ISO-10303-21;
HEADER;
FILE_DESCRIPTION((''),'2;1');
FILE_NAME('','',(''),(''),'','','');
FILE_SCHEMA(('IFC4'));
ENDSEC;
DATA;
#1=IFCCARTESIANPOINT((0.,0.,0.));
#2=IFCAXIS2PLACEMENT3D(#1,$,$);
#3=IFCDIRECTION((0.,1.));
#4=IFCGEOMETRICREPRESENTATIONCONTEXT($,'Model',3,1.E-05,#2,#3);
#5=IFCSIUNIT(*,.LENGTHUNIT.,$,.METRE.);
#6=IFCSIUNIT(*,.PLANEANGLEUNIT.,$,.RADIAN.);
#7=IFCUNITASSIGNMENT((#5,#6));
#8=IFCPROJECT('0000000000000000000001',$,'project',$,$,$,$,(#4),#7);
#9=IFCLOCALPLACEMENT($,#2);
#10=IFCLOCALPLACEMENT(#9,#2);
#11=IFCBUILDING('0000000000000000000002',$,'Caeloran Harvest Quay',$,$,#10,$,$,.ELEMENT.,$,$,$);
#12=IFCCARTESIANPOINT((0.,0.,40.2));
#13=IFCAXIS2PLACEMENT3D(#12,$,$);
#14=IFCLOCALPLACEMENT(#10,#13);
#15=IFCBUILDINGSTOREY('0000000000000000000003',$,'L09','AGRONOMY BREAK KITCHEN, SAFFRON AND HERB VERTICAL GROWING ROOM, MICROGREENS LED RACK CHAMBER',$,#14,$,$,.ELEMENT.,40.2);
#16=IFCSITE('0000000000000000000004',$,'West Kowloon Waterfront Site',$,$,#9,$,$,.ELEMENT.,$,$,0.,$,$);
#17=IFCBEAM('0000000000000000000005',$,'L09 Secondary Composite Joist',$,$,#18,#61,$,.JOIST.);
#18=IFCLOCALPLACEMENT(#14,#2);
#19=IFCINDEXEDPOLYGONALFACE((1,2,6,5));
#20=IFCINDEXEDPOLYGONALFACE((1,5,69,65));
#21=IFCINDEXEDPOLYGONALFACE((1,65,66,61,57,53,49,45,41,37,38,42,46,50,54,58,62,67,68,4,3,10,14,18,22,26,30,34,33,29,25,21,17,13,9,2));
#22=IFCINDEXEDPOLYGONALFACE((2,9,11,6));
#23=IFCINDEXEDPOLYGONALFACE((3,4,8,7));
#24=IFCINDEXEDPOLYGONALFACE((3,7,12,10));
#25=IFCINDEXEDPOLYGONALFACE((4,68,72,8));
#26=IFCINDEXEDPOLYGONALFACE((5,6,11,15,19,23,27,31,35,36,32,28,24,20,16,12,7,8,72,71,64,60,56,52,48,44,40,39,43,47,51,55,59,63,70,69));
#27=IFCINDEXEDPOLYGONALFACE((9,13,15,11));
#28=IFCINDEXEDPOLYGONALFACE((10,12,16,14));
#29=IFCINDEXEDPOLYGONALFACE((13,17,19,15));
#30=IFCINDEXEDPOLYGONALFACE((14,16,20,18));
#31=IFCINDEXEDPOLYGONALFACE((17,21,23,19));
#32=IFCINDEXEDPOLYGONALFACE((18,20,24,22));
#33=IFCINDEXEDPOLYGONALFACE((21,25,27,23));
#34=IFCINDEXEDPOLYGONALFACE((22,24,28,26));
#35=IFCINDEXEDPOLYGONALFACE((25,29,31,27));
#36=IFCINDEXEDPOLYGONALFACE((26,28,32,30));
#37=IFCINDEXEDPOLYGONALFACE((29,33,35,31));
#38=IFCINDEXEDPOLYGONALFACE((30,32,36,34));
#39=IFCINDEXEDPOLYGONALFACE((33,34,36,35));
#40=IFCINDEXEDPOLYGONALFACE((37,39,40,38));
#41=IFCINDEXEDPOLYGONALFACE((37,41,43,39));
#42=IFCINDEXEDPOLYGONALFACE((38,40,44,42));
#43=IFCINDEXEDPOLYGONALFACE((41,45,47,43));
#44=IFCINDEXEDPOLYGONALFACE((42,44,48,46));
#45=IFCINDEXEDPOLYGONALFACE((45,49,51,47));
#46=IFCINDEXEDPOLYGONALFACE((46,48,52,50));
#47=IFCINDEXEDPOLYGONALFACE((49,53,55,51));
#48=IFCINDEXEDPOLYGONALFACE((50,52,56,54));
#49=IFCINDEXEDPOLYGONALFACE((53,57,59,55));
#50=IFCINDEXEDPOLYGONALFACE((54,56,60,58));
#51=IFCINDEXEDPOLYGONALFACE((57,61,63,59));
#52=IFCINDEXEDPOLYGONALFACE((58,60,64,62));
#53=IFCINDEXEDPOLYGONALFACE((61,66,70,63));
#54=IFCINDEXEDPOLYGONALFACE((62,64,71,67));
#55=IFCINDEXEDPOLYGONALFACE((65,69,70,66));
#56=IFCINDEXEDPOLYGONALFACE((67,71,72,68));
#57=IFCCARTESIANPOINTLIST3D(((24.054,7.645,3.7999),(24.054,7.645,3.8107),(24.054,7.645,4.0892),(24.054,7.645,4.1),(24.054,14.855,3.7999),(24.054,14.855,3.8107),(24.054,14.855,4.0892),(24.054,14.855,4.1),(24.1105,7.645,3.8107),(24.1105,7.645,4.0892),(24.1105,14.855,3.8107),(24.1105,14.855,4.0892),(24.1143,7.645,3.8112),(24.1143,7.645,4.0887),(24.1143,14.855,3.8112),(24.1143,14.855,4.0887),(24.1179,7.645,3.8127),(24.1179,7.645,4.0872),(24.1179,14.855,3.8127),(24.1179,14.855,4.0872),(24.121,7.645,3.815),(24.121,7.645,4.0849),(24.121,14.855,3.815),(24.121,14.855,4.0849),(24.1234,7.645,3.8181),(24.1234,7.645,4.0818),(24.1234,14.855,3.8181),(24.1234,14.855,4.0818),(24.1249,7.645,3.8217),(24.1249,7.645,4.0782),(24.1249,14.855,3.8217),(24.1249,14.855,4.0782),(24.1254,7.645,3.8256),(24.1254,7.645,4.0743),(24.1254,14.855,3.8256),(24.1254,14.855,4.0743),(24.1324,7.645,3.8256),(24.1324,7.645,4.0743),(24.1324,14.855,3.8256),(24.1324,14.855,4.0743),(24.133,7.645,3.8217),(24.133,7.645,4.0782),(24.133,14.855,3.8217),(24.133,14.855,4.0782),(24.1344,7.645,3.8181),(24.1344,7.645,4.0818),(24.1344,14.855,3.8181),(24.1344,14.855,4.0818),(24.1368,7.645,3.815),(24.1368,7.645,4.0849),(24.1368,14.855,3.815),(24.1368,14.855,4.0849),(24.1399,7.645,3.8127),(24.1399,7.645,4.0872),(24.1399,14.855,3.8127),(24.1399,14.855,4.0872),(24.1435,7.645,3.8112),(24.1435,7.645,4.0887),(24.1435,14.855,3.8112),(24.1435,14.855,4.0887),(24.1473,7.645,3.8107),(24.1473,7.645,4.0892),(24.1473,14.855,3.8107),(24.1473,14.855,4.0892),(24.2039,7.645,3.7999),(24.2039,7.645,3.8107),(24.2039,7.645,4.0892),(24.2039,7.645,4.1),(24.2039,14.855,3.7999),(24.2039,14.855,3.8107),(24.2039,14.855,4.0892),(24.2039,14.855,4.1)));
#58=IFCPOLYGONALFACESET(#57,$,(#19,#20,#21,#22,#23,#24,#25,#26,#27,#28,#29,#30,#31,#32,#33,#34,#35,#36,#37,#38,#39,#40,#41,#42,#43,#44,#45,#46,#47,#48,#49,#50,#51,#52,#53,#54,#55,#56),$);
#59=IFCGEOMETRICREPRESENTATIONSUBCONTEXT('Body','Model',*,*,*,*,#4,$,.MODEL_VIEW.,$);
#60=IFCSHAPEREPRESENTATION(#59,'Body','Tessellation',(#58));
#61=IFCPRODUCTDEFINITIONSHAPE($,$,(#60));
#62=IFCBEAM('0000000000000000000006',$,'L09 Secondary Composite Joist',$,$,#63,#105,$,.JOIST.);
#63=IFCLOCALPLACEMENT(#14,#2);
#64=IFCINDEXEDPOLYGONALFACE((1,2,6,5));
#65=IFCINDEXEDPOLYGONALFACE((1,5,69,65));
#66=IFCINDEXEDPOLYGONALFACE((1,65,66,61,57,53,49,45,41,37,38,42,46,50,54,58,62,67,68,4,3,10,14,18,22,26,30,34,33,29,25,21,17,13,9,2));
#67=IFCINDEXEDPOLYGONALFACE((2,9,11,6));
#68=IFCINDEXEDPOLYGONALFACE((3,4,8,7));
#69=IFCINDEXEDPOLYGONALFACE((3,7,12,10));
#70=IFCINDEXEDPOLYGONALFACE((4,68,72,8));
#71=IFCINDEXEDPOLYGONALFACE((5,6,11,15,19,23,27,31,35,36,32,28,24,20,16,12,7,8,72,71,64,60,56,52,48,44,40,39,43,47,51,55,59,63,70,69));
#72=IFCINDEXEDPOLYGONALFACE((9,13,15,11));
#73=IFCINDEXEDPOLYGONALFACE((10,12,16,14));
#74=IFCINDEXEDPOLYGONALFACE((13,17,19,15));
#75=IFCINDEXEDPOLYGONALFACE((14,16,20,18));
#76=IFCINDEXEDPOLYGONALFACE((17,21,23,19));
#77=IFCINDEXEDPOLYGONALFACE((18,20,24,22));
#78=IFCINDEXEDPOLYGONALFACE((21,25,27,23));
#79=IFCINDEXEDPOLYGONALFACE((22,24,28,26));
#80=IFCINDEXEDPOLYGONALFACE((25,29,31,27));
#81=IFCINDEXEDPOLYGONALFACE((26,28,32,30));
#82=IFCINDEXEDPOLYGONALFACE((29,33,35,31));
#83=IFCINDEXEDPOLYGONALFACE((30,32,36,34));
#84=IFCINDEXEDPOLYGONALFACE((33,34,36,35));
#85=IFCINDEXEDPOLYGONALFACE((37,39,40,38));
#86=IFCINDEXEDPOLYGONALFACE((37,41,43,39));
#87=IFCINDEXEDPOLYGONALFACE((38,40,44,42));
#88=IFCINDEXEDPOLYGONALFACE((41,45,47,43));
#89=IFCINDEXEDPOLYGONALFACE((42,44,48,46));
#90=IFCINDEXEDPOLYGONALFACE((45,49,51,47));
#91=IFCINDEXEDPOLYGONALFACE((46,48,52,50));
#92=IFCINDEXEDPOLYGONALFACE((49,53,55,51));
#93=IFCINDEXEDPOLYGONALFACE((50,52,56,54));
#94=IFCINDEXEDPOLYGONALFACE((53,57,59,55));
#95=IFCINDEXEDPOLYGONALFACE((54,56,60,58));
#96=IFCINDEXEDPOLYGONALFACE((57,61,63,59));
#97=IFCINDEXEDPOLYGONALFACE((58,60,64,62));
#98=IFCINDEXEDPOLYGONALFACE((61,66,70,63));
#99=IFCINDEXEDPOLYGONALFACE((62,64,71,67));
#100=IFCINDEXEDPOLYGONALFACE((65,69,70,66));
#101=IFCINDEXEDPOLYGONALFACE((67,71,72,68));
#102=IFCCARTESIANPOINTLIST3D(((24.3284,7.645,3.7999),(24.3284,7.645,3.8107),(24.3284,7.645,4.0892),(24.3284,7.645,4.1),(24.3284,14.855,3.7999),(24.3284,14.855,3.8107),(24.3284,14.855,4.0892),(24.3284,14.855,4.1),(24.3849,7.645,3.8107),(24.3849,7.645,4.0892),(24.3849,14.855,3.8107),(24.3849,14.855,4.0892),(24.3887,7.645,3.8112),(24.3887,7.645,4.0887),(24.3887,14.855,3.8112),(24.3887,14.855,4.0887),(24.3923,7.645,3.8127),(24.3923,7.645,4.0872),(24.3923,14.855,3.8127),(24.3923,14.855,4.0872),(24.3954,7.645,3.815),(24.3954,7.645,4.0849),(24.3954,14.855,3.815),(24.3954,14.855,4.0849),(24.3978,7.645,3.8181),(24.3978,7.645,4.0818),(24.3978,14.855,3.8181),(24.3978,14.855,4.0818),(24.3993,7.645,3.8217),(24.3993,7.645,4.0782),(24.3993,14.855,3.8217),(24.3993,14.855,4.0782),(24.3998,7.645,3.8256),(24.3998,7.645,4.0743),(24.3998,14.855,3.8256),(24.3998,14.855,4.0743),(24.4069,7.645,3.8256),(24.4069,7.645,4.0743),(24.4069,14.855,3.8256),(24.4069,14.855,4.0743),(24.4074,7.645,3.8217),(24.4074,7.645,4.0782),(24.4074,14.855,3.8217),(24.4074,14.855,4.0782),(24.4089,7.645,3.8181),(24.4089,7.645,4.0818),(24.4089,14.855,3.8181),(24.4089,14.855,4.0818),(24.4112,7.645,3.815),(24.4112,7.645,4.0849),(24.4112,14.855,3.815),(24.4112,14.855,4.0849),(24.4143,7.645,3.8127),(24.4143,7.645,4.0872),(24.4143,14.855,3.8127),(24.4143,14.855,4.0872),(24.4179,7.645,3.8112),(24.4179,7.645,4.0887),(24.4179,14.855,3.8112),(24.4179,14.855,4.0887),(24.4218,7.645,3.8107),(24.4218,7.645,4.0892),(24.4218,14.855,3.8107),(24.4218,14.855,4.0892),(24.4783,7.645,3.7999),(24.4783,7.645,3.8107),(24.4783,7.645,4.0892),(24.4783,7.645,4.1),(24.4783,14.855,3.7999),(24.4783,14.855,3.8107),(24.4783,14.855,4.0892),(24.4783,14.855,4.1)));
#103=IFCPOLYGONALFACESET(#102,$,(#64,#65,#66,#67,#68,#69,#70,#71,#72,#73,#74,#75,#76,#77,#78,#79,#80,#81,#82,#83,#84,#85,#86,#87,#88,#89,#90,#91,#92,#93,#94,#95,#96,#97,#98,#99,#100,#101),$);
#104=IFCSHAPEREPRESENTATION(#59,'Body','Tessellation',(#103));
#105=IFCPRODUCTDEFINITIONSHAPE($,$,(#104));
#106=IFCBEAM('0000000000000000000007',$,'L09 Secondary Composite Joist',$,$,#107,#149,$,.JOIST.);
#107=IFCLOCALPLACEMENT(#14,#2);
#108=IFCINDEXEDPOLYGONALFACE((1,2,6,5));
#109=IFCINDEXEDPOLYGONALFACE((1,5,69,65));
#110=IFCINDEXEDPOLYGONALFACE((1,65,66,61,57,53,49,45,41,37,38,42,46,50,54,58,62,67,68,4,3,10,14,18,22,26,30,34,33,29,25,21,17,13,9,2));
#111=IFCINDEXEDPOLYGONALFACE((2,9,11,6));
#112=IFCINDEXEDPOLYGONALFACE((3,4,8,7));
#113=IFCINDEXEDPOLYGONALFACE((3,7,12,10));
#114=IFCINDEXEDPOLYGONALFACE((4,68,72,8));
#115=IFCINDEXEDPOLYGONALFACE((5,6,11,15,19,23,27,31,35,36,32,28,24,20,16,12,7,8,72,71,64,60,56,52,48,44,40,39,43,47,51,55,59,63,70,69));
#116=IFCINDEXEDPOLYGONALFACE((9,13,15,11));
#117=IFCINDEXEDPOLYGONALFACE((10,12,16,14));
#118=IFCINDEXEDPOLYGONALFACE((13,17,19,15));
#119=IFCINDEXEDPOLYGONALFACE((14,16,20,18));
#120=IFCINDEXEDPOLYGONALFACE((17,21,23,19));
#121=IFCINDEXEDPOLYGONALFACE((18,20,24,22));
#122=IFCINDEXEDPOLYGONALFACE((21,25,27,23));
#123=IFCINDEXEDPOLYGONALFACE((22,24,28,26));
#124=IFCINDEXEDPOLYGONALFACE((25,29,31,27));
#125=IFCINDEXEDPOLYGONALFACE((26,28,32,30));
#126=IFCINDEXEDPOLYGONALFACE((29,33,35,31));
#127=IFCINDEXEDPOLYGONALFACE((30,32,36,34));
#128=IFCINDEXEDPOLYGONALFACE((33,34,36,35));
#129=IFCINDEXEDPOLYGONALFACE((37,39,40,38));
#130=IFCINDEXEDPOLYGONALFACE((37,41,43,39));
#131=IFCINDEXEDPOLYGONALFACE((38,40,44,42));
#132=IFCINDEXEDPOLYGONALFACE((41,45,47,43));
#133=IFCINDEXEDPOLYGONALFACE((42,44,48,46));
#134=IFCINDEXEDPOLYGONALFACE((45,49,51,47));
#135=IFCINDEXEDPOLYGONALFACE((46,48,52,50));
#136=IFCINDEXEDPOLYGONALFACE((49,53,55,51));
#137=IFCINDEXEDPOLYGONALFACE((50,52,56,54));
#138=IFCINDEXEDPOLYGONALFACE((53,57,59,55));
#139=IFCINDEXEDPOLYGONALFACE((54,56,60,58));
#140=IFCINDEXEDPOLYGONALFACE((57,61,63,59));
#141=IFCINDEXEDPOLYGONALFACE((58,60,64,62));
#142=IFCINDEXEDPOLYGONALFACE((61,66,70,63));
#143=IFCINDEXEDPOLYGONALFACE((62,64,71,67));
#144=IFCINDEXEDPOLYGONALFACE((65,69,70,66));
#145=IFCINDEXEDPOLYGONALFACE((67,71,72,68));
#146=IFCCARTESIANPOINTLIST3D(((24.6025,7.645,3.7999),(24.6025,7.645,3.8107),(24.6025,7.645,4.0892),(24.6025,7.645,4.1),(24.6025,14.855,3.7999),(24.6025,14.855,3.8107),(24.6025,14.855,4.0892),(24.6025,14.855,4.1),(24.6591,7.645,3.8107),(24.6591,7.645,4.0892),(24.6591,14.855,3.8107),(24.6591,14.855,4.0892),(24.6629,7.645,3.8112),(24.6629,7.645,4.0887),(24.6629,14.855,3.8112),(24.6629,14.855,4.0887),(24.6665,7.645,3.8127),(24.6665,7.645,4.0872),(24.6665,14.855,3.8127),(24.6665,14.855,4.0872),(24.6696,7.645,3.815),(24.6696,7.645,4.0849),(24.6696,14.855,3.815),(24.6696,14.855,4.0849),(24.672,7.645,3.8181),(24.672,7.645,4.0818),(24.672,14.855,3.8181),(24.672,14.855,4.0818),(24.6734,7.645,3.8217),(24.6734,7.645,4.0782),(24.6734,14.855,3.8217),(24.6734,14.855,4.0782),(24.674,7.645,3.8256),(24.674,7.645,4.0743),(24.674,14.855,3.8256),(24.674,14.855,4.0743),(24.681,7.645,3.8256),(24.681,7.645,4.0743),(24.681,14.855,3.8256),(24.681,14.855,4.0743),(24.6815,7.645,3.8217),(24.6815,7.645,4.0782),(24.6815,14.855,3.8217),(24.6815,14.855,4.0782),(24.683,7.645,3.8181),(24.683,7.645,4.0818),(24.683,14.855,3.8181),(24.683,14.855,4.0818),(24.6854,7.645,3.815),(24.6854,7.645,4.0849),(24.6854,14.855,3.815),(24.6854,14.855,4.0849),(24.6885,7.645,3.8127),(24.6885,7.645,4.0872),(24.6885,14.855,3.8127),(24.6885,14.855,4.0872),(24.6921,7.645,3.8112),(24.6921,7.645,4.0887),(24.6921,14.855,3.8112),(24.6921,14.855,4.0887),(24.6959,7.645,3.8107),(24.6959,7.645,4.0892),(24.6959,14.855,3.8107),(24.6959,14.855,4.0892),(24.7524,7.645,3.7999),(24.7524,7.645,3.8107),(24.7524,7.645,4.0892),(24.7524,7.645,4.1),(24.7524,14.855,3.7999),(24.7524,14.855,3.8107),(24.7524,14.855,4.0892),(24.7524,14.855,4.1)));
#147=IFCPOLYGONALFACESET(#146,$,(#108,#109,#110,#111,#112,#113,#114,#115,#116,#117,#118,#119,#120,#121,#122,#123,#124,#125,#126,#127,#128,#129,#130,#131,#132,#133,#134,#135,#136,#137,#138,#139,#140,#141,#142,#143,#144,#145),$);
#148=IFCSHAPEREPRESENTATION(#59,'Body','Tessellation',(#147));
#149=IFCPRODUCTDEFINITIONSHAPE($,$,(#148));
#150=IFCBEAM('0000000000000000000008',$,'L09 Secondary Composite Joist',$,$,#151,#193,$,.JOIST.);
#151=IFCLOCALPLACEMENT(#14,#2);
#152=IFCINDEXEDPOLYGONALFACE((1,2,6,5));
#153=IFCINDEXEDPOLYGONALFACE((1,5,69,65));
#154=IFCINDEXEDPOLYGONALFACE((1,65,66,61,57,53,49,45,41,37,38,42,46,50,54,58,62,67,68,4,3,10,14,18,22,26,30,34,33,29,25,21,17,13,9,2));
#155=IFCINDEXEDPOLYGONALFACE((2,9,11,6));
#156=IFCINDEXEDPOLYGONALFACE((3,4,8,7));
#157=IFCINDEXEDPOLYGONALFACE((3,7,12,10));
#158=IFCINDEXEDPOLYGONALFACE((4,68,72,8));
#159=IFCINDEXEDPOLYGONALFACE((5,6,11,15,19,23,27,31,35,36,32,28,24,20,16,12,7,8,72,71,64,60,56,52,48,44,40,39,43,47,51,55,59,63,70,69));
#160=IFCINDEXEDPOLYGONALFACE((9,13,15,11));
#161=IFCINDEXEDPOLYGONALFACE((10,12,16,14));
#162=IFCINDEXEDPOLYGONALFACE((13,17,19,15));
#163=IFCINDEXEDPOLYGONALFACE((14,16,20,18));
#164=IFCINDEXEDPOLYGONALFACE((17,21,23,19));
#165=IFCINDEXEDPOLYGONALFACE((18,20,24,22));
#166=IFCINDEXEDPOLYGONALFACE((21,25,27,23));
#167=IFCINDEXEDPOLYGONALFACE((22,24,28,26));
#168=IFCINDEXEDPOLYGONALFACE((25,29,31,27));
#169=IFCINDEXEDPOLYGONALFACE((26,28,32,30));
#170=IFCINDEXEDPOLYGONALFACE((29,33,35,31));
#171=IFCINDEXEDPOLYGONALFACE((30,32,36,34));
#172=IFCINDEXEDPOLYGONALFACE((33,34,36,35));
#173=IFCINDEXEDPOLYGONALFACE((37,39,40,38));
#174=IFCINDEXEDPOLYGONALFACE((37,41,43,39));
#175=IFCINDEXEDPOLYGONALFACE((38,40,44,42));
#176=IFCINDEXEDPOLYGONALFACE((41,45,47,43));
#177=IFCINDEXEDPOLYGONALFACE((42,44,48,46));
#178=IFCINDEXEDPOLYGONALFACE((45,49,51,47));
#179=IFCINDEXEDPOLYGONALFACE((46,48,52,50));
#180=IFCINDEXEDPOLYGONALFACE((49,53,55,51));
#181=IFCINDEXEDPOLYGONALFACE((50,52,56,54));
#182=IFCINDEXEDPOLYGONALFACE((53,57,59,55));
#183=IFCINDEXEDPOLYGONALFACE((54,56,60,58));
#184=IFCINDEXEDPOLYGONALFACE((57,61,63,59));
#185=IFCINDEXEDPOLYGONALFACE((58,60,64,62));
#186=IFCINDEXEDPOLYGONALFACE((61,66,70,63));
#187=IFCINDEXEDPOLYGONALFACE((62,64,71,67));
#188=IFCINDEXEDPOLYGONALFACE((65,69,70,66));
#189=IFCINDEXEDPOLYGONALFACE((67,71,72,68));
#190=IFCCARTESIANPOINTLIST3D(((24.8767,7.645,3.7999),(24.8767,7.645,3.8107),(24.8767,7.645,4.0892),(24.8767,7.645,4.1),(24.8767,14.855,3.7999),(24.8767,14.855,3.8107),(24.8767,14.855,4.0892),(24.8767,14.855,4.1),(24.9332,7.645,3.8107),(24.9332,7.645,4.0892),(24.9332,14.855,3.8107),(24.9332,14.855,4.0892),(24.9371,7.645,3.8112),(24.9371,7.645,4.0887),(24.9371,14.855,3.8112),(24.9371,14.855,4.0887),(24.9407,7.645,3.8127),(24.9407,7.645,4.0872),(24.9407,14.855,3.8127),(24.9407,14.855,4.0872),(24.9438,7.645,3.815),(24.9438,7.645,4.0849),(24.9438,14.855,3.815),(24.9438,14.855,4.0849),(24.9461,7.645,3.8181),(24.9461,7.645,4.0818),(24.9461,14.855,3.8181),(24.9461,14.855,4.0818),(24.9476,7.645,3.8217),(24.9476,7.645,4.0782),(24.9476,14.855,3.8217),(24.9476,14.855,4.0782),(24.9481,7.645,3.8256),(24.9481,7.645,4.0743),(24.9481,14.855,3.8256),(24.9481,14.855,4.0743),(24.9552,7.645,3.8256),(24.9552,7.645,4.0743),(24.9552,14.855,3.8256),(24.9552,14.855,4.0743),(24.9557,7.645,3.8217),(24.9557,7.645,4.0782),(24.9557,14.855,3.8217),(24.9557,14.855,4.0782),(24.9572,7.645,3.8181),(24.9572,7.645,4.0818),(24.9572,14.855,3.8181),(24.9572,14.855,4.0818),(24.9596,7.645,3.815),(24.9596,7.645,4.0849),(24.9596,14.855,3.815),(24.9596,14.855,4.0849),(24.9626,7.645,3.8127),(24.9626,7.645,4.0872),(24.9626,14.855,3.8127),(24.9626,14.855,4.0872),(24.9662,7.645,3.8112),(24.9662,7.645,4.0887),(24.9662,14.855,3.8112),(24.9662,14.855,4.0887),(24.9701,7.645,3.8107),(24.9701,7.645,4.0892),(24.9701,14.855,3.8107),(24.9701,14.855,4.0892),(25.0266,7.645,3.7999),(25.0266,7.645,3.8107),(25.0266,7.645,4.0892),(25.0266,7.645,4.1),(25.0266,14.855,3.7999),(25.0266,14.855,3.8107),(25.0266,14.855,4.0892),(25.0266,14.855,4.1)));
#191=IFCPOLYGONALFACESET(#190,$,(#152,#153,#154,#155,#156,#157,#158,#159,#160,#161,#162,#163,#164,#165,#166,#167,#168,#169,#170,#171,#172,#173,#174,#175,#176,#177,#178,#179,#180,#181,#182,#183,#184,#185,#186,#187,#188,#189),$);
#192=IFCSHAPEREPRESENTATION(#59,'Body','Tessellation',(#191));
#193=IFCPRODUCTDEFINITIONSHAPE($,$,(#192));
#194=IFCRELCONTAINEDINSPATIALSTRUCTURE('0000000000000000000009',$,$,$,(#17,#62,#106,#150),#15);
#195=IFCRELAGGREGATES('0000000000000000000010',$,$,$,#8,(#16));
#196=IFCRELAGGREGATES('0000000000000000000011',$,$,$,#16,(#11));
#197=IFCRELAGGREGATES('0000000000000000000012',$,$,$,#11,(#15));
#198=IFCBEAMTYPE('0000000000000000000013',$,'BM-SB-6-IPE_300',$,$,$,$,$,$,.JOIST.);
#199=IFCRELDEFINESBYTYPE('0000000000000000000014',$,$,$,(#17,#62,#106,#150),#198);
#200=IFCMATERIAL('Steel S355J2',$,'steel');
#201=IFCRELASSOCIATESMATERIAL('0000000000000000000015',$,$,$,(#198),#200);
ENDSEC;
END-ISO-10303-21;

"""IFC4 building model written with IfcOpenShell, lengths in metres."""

from ifc_helpers import new_model, si_unit, direction, frame, origin, origin_2d, place, context, subcontext, project, spatial, i_section, extrude, material, material_profile, profile_set, type_object, element, save


model = new_model("IFC4")

# Units and contexts
model_context = context("Model", 3, precision=1e-05, world=origin(), true_north=direction((0.0, 1.0)))
body_context = subcontext(model_context, "Body", "Model", "MODEL_VIEW")
ifc_project = project(units=[si_unit("LENGTHUNIT", "METRE"), si_unit("PLANEANGLEUNIT", "RADIAN")], contexts=[model_context])

# Site, building, storey
site_placement = place(None, origin())
site = spatial("IfcSite", under=ifc_project, at=site_placement, Name="West Kowloon Waterfront Site", CompositionType="ELEMENT", RefElevation=0.0)
building_placement = place(site_placement, origin())
building = spatial("IfcBuilding", under=site, at=building_placement, Name="Caeloran Harvest Quay", CompositionType="ELEMENT")
storey_placement = place(building_placement, frame((0.0, 0.0, 40.2)))
storey = spatial("IfcBuildingStorey", under=building, at=storey_placement, Name="L09", Description="AGRONOMY BREAK KITCHEN, SAFFRON AND HERB VERTICAL GROWING ROOM, MICROGREENS LED RACK CHAMBER", CompositionType="ELEMENT", Elevation=40.2)

# Beams
ifc_material_1 = material(Name="Steel S355J2", Category="steel")
ifc_material_profile_1 = material_profile(ifc_material_1, i_section(OverallWidth=0.1499, OverallDepth=0.3, WebThickness=0.0071, FlangeThickness=0.0107, FilletRadius=0.0149, at=origin_2d()), Name="IPE 300")
ifc_profile_set_1 = profile_set([ifc_material_profile_1], Name="Steel S355J2")
beam_type_1 = type_object("IfcBeamType", Name="BM-SB-6-IPE_300", PredefinedType="JOIST", material=ifc_profile_set_1)
for number, where, z_axis, x_axis, name in (
    (1, (24.1289, 7.645, 3.95), (0.0, 1.0, 0.0), (-1.0, 0.0, 0.0), "L09 Secondary Composite Joist"),
    (2, (24.4033, 7.645, 3.95), (0.0, 1.0, 0.0), (-1.0, 0.0, 0.0), "L09 Secondary Composite Joist"),
    (3, (24.6775, 7.645, 3.95), (0.0, 1.0, 0.0), (-1.0, 0.0, 0.0), "L09 Secondary Composite Joist"),
    (4, (24.9517, 7.645, 3.95), (0.0, 1.0, 0.0), (-1.0, 0.0, 0.0), "L09 Secondary Composite Joist"),
):
    element("IfcBeam", number, at=place(storey_placement, frame(where, z_axis=z_axis, x_axis=x_axis)), inside=storey, type_object=beam_type_1, Name=name, PredefinedType="JOIST", context=body_context, shape_type="SweptSolid", body=[
        extrude(i_section(OverallWidth=0.1499, OverallDepth=0.3, WebThickness=0.0071, FlangeThickness=0.0107, FilletRadius=0.0149, at=origin_2d()), origin(), (0.0, 0.0, 1.0), 7.21),
    ])

save(model, "model.ifc")
